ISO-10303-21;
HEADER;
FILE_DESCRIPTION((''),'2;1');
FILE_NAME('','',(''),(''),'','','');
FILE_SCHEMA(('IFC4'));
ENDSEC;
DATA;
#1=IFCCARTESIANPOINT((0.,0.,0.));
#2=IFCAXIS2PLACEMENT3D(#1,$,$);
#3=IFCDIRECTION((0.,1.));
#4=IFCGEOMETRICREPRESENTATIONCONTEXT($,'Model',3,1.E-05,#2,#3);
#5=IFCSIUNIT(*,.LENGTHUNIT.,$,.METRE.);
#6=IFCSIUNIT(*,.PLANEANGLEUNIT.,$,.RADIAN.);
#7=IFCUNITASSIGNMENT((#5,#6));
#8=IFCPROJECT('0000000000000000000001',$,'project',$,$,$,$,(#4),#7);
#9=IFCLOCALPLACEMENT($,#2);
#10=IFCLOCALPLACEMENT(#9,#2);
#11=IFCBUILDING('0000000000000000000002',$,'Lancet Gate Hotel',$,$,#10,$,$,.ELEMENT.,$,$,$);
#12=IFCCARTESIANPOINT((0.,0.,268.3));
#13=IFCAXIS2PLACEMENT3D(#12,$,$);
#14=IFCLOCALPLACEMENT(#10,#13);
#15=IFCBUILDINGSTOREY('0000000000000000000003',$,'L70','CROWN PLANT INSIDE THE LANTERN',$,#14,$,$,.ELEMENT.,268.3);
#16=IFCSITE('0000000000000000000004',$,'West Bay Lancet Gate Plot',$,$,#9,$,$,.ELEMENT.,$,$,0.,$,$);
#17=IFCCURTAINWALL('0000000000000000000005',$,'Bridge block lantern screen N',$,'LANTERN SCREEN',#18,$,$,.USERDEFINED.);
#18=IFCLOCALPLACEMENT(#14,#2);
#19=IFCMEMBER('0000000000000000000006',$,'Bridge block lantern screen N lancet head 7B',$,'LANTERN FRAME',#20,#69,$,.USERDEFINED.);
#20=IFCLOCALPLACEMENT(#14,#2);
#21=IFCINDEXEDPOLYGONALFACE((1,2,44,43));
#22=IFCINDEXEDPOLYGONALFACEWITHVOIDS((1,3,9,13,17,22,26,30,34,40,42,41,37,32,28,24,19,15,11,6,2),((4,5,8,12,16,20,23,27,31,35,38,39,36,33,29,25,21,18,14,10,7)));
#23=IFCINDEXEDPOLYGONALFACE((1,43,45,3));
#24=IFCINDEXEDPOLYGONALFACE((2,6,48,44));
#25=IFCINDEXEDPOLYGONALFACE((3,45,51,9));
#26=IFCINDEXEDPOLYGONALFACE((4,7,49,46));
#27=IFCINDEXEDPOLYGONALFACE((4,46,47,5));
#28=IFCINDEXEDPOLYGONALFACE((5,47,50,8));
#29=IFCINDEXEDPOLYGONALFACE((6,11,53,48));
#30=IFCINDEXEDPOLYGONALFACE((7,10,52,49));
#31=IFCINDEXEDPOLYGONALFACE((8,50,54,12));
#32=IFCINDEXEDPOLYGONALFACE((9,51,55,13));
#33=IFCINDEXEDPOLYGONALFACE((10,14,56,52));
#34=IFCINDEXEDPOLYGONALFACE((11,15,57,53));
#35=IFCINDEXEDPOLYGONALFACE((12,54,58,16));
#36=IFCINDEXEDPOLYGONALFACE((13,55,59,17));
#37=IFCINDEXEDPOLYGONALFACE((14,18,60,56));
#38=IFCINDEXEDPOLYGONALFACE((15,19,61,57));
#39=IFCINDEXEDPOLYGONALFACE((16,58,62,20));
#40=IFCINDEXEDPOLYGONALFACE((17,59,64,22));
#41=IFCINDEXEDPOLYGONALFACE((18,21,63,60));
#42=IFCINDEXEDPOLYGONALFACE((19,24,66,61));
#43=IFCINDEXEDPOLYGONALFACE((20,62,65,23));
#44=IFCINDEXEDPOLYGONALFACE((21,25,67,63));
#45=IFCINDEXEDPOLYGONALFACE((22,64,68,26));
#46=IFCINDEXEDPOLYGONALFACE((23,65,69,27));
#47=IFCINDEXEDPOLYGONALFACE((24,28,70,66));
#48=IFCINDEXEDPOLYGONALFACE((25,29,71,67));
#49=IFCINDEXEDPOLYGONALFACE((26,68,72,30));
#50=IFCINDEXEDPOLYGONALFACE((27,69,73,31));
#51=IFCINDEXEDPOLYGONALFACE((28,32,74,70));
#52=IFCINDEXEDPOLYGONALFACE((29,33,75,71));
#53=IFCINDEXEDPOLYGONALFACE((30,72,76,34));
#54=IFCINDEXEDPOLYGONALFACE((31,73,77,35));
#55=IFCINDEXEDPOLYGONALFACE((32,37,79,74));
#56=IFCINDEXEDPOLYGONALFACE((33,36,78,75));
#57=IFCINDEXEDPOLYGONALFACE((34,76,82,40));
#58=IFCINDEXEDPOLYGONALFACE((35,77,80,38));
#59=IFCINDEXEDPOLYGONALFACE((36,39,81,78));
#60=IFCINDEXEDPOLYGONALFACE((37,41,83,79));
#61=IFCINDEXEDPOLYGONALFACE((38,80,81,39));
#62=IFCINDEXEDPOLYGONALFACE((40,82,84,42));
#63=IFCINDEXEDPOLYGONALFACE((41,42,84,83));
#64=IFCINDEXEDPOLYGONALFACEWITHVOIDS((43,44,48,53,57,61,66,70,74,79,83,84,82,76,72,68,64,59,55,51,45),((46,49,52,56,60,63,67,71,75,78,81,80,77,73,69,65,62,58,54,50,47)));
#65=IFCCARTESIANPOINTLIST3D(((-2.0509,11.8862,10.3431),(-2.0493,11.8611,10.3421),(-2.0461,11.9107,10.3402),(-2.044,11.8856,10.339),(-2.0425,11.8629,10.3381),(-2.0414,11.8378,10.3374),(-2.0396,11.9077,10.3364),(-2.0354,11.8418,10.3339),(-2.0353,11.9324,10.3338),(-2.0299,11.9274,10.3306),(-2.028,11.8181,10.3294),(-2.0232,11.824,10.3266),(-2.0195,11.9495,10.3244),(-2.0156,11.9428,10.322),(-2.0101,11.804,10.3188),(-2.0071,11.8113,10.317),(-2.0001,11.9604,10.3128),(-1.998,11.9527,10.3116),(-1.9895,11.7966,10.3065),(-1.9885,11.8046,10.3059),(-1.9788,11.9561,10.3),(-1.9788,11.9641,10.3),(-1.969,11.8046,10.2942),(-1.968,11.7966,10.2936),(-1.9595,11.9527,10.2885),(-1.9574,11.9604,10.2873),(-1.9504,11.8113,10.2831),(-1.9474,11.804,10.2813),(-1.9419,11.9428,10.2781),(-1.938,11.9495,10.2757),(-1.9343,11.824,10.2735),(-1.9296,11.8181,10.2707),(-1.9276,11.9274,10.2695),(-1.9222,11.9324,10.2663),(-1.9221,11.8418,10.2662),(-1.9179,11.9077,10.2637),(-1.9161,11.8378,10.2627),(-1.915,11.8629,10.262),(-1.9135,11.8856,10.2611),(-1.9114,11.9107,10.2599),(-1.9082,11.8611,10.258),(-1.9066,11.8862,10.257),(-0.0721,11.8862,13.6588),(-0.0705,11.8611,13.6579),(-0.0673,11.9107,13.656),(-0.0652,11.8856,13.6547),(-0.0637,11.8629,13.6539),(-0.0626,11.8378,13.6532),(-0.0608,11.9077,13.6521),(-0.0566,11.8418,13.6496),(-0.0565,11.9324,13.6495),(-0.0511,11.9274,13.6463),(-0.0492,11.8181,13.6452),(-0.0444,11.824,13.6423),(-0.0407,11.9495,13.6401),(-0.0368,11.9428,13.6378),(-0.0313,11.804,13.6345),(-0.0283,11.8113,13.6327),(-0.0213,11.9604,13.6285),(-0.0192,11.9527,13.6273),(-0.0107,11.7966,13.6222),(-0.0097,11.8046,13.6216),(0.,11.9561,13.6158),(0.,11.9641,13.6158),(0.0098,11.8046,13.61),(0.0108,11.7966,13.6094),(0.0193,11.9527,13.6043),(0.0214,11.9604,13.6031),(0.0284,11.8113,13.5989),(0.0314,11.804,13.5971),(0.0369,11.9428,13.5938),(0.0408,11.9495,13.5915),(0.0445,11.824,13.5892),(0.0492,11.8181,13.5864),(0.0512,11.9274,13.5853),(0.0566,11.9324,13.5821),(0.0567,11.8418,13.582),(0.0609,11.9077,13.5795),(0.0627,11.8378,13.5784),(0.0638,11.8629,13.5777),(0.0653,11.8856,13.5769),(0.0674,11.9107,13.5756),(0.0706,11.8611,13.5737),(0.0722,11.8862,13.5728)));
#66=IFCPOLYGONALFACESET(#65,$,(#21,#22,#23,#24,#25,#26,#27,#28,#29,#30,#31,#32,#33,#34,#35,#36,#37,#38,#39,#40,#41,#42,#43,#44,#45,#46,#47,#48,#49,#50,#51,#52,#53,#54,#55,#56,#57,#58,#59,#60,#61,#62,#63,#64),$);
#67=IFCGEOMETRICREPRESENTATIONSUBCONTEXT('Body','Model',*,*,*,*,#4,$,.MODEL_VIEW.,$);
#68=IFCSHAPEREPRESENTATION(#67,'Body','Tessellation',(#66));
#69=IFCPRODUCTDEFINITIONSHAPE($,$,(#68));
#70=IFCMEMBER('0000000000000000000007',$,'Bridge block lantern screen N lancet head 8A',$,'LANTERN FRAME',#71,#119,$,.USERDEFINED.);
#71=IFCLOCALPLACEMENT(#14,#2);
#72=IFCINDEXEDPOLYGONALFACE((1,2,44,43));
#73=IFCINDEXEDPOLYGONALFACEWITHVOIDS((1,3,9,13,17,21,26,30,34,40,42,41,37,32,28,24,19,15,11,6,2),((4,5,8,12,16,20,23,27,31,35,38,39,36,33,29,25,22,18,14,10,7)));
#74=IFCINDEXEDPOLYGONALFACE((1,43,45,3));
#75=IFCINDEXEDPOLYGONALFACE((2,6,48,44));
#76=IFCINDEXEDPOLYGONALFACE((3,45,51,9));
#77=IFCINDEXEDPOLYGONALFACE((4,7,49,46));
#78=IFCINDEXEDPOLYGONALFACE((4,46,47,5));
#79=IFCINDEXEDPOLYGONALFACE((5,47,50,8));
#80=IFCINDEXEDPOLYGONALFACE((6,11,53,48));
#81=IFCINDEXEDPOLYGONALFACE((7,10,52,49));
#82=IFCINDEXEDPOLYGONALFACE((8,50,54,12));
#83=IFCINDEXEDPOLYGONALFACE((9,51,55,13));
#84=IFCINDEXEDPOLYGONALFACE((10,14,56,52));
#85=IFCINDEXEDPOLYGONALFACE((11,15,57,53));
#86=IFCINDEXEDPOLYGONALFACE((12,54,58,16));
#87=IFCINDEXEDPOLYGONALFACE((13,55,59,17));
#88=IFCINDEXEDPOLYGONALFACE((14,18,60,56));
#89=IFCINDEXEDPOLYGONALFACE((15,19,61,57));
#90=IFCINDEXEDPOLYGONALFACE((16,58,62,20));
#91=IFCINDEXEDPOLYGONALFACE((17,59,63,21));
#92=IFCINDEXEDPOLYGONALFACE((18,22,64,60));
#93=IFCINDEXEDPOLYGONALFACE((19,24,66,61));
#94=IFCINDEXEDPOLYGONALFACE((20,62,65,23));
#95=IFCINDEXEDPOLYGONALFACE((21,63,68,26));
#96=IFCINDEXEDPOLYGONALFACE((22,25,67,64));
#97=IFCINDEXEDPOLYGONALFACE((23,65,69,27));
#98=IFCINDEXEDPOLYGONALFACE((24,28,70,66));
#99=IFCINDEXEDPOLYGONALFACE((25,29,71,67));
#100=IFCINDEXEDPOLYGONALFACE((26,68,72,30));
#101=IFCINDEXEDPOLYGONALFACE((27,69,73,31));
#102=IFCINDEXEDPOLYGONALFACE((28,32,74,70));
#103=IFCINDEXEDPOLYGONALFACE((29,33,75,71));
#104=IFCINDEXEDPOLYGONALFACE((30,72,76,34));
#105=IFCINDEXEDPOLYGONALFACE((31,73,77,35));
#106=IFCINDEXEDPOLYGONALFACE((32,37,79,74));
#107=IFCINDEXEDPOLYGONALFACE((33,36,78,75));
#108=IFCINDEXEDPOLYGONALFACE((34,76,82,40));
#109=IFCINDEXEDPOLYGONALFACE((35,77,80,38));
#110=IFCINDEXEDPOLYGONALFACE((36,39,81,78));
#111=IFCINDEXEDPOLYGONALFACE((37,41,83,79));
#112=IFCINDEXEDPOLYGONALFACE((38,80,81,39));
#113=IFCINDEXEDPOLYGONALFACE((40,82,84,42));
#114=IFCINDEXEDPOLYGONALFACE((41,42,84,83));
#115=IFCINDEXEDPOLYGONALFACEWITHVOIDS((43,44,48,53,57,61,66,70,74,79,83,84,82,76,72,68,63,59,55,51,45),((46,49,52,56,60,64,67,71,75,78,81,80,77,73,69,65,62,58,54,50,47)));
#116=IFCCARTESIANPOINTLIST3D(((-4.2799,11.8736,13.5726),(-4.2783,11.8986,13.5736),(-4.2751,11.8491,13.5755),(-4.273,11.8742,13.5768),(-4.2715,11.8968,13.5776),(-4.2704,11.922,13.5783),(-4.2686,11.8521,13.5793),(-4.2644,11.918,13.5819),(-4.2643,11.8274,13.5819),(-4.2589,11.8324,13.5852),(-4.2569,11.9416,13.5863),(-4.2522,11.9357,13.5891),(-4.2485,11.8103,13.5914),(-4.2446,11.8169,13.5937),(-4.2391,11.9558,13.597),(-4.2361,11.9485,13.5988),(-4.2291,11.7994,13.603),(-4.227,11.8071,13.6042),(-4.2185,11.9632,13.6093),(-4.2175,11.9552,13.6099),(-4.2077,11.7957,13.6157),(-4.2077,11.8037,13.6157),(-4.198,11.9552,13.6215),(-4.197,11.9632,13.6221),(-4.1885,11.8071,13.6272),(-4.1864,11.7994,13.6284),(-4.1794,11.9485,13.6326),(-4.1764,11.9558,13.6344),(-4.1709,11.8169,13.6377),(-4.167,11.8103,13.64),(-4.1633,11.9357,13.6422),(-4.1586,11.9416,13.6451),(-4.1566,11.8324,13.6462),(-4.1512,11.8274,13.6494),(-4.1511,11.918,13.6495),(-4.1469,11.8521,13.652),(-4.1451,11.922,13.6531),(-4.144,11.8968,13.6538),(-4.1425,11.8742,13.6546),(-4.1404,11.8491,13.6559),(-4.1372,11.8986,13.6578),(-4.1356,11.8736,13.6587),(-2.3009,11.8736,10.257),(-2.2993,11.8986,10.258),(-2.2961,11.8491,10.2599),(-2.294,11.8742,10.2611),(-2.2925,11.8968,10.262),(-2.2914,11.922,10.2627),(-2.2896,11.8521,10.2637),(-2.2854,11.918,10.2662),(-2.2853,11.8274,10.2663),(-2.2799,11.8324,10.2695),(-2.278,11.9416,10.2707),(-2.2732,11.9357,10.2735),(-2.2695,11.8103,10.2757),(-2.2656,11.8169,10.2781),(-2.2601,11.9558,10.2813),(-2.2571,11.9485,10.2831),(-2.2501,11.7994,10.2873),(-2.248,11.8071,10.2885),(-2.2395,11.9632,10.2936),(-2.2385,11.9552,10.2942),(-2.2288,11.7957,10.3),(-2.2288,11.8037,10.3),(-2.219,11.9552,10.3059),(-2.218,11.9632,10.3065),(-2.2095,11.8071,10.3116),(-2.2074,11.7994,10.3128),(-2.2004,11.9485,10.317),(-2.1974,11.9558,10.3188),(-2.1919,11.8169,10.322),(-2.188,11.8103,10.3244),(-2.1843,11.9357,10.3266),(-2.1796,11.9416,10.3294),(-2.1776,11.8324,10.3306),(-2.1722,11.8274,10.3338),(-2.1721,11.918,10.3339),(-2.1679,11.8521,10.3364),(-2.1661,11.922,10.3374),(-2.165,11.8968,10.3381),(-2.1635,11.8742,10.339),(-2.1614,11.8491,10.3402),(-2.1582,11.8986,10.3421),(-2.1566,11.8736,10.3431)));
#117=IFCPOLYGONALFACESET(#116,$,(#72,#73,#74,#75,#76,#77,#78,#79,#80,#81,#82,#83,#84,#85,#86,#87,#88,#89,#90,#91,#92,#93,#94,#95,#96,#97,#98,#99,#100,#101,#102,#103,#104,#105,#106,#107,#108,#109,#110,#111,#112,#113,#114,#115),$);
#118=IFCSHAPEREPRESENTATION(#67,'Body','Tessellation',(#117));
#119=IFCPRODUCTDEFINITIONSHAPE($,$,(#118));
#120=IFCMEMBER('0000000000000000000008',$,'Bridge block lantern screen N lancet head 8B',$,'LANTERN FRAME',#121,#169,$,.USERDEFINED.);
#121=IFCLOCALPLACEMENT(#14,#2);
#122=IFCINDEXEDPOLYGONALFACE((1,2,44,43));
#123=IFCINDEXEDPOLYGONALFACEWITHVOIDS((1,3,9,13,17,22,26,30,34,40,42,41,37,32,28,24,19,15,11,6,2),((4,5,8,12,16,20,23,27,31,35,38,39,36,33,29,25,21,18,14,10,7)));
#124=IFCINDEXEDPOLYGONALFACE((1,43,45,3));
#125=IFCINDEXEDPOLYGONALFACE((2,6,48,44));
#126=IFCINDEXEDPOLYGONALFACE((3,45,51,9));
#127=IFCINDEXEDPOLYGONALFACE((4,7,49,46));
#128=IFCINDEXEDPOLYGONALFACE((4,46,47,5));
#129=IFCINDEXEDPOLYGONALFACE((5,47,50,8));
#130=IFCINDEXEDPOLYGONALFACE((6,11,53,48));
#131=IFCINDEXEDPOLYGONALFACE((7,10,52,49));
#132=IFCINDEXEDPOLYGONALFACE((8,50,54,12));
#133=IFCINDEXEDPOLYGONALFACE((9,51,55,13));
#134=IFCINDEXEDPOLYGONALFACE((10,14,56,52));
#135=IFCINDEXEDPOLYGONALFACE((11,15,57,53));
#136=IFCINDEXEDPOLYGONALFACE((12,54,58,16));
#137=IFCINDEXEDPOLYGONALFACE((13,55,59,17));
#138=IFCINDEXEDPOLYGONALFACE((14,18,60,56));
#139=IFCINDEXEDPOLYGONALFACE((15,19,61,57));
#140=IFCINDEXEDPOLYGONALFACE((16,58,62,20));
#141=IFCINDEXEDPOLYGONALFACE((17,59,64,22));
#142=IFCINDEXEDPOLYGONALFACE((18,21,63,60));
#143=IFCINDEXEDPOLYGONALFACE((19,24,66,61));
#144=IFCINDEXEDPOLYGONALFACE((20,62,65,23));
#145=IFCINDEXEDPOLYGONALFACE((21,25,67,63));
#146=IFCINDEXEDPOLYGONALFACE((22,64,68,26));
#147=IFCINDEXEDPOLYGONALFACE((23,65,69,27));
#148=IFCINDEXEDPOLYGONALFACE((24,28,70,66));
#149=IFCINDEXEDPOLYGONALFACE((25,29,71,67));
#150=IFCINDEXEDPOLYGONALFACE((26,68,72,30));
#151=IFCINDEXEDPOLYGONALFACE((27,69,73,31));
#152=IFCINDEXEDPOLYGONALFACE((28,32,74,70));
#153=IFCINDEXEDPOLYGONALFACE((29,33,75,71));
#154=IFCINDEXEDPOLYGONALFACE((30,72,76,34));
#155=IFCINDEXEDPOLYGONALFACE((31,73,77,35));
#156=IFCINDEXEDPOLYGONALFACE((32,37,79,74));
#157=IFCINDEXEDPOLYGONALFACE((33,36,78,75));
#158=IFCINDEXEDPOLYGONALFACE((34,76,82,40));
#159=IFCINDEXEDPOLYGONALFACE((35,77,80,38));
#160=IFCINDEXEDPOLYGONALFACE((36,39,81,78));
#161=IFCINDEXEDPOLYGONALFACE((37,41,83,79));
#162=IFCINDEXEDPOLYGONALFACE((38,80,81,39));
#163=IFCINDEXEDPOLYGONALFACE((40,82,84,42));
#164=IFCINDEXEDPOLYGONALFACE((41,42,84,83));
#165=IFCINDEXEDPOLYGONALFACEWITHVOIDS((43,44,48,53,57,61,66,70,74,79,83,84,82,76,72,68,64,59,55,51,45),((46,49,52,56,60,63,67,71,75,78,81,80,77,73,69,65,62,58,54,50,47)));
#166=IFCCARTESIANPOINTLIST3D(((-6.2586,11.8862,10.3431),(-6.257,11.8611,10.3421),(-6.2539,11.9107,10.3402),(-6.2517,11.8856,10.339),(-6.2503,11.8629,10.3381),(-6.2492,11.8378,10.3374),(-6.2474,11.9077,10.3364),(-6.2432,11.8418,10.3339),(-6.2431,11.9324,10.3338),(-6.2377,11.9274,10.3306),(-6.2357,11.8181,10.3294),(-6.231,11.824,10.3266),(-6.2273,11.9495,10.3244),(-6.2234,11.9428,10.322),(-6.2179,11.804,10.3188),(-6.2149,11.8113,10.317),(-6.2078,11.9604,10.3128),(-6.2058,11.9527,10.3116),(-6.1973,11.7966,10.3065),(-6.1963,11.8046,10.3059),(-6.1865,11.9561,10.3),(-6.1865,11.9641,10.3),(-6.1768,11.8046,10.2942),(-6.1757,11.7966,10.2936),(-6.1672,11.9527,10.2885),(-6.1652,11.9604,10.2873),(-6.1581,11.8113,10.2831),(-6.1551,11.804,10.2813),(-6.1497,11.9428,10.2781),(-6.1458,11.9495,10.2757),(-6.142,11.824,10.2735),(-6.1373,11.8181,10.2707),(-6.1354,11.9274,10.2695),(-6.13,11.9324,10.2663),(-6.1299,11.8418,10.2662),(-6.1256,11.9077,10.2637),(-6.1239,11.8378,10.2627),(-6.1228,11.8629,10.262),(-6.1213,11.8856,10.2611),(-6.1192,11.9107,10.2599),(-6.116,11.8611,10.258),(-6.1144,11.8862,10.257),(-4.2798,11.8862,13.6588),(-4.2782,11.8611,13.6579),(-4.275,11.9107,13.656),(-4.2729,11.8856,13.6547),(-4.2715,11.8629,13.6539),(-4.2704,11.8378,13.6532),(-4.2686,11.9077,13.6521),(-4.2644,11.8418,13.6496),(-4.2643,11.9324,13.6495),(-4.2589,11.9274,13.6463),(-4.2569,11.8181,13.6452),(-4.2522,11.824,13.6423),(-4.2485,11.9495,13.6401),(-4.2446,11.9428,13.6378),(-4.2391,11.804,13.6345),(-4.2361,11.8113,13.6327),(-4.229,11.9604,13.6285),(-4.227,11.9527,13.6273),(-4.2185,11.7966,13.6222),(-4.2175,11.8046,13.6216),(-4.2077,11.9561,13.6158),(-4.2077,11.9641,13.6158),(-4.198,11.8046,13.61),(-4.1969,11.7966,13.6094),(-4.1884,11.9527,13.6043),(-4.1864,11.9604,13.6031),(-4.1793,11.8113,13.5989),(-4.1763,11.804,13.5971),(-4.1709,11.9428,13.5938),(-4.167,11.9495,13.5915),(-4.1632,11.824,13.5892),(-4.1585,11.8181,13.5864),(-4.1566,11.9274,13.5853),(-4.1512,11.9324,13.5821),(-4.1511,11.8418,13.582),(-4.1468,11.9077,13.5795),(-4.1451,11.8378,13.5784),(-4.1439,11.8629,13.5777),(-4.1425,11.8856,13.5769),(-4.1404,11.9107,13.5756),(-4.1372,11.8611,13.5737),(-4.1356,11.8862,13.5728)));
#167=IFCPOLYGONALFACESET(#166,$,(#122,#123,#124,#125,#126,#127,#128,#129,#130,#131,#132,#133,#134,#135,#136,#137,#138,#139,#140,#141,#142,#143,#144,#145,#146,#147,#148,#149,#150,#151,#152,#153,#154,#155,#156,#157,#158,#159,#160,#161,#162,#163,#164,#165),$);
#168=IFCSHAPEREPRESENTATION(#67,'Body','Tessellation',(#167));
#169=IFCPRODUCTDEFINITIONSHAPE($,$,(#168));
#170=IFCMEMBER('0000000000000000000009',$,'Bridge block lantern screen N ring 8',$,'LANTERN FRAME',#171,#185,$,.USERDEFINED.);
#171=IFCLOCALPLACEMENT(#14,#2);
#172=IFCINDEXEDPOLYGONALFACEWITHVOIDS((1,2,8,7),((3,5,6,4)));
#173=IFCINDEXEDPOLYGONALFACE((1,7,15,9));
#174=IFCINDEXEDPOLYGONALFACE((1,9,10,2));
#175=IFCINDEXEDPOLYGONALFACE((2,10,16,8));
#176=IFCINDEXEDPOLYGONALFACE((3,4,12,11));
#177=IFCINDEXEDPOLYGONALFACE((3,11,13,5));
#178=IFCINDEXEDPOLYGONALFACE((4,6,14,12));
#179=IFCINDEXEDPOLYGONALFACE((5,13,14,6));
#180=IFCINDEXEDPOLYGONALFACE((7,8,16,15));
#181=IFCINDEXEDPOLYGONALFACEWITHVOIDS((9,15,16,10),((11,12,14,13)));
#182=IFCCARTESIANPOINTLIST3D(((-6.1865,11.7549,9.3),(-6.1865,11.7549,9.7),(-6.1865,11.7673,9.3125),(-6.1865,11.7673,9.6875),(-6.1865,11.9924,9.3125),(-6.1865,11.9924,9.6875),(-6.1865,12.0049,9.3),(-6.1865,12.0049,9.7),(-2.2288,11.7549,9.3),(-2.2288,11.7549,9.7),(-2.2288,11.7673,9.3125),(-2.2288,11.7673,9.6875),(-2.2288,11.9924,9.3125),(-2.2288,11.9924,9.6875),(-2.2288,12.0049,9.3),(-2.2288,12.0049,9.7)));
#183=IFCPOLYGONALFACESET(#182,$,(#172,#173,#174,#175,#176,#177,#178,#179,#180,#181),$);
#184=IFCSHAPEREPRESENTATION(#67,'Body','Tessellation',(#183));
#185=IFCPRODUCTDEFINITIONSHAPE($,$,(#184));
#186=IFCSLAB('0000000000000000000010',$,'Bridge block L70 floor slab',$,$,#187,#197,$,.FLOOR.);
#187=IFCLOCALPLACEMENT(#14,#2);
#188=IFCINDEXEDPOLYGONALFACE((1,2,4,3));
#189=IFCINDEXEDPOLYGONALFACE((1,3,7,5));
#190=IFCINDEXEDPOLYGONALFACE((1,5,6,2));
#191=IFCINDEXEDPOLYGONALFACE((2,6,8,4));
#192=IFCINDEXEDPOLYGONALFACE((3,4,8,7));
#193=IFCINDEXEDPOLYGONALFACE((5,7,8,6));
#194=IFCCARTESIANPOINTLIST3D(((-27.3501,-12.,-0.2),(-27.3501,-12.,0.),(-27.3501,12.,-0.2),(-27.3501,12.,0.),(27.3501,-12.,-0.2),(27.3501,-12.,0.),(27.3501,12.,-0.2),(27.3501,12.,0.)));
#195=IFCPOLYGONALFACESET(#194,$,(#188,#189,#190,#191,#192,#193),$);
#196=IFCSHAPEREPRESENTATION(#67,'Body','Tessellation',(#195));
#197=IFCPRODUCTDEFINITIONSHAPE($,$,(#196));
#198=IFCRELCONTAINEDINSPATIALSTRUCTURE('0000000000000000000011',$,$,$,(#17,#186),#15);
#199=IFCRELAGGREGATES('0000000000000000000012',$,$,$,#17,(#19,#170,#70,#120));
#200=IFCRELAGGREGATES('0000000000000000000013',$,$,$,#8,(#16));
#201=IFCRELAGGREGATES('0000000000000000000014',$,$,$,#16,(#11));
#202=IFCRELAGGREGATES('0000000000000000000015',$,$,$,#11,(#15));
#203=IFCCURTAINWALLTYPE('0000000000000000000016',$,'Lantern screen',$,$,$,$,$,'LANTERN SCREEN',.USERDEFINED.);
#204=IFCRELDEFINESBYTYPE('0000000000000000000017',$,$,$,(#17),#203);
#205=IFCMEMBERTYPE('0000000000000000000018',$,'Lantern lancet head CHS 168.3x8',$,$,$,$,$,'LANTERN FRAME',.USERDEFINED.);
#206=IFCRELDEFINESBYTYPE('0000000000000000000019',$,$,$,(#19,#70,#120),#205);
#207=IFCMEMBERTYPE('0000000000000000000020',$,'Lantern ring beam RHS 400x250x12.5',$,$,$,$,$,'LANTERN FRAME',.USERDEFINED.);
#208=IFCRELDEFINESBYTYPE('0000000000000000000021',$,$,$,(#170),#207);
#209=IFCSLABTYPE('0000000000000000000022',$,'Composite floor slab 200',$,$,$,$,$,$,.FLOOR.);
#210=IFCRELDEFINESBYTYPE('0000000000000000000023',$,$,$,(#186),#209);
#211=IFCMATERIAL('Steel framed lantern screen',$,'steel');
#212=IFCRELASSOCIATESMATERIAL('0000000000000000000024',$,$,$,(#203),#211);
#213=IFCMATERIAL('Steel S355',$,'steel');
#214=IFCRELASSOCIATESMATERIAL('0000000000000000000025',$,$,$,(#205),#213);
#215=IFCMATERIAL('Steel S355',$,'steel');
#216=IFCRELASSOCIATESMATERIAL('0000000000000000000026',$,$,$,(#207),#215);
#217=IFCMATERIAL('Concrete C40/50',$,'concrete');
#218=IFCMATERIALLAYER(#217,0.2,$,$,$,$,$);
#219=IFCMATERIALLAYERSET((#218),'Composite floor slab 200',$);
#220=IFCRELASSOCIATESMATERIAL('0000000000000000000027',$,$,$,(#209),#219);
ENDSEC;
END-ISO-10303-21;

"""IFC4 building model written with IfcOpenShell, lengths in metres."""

from ifc_helpers import new_model, si_unit, direction, frame, origin, origin_2d, place, context, subcontext, project, spatial, polyline, hollow_rectangle, hollow_circle, outline, extrude, material, layer, layer_set, material_profile, profile_set, type_object, element, aggregate, save


model = new_model("IFC4")

# Units and contexts
model_context = context("Model", 3, precision=1e-05, world=origin(), true_north=direction((0.0, 1.0)))
body_context = subcontext(model_context, "Body", "Model", "MODEL_VIEW")
ifc_project = project(units=[si_unit("LENGTHUNIT", "METRE"), si_unit("PLANEANGLEUNIT", "RADIAN")], contexts=[model_context])

# Site, building, storey
site_placement = place(None, origin())
site = spatial("IfcSite", under=ifc_project, at=site_placement, Name="West Bay Lancet Gate Plot", CompositionType="ELEMENT", RefElevation=0.0)
building_placement = place(site_placement, origin())
building = spatial("IfcBuilding", under=site, at=building_placement, Name="Lancet Gate Hotel", CompositionType="ELEMENT")
storey_placement = place(building_placement, frame((0.0, 0.0, 268.3)))
storey = spatial("IfcBuildingStorey", under=building, at=storey_placement, Name="L70", Description="CROWN PLANT INSIDE THE LANTERN", CompositionType="ELEMENT", Elevation=268.3)

# Curtain wall, members
ifc_material_1 = material(Name="Steel framed lantern screen", Category="steel")
curtain_wall_type_1 = type_object("IfcCurtainWallType", Name="Lantern screen", ElementType="LANTERN SCREEN", PredefinedType="USERDEFINED", material=ifc_material_1)
curtain_wall_1_placement = place(storey_placement, origin())
curtain_wall_1 = element("IfcCurtainWall", 1, at=curtain_wall_1_placement, inside=storey, type_object=curtain_wall_type_1, Name="Bridge block lantern screen N", ObjectType="LANTERN SCREEN", PredefinedType="USERDEFINED")
ifc_material_2 = material(Name="Steel S355", Category="steel")
ifc_material_profile_1 = material_profile(ifc_material_2, hollow_circle(Radius=0.0842, WallThickness=0.0081, at=origin_2d()), Name="CHS 168.3x8.0")
ifc_profile_set_1 = profile_set([ifc_material_profile_1], Name="Steel S355")
member_type_1 = type_object("IfcMemberType", Name="Lantern lancet head CHS 168.3x8", ElementType="LANTERN FRAME", PredefinedType="USERDEFINED", material=ifc_profile_set_1)
member_1_placement = place(storey_placement, frame((-1.9788, 11.8799, 10.3), z_axis=(0.512467, 0.0, 0.858707), x_axis=(0.0, 1.0, 0.0)))
member_1 = element("IfcMember", 2, at=member_1_placement, type_object=member_type_1, Name="Bridge block lantern screen N lancet head 7B", ObjectType="LANTERN FRAME", PredefinedType="USERDEFINED", context=body_context, shape_type="SweptSolid", body=[
    extrude(hollow_circle(Radius=0.0842, WallThickness=0.0081, at=origin_2d()), origin(), (0.0, 0.0, 1.0), 3.8613),
])
member_2_placement = place(storey_placement, frame((-2.2288, 11.8799, 10.3), z_axis=(-0.512514, 0.0, 0.858679), x_axis=(0.0, -1.0, 0.0)))
member_2 = element("IfcMember", 3, at=member_2_placement, type_object=member_type_1, Name="Bridge block lantern screen N lancet head 8A", ObjectType="LANTERN FRAME", PredefinedType="USERDEFINED", context=body_context, shape_type="SweptSolid", body=[
    extrude(hollow_circle(Radius=0.0842, WallThickness=0.0081, at=origin_2d()), origin(), (0.0, 0.0, 1.0), 3.8613),
])
member_3_placement = place(storey_placement, frame((-6.1865, 11.8799, 10.3), z_axis=(0.512467, 0.0, 0.858707), x_axis=(0.0, 1.0, 0.0)))
member_3 = element("IfcMember", 4, at=member_3_placement, type_object=member_type_1, Name="Bridge block lantern screen N lancet head 8B", ObjectType="LANTERN FRAME", PredefinedType="USERDEFINED", context=body_context, shape_type="SweptSolid", body=[
    extrude(hollow_circle(Radius=0.0842, WallThickness=0.0081, at=origin_2d()), origin(), (0.0, 0.0, 1.0), 3.8613),
])
ifc_material_3 = material(Name="Steel S355", Category="steel")
ifc_material_profile_2 = material_profile(ifc_material_3, hollow_rectangle(XDim=0.25, YDim=0.3999, WallThickness=0.0125, at=origin_2d()), Name="RHS 400x250x12.5")
ifc_profile_set_2 = profile_set([ifc_material_profile_2], Name="Steel S355")
member_type_2 = type_object("IfcMemberType", Name="Lantern ring beam RHS 400x250x12.5", ElementType="LANTERN FRAME", PredefinedType="USERDEFINED", material=ifc_profile_set_2)
member_4_placement = place(storey_placement, frame((-2.2288, 11.8799, 9.5), z_axis=(-1.0, 0.0, 0.0), x_axis=(0.0, -1.0, 0.0)))
member_4 = element("IfcMember", 5, at=member_4_placement, type_object=member_type_2, Name="Bridge block lantern screen N ring 8", ObjectType="LANTERN FRAME", PredefinedType="USERDEFINED", context=body_context, shape_type="SweptSolid", body=[
    extrude(hollow_rectangle(XDim=0.25, YDim=0.3999, WallThickness=0.0125, at=origin_2d()), origin(), (0.0, 0.0, 1.0), 3.9578),
])

# Slab
ifc_material_4 = material(Name="Concrete C40/50", Category="concrete")
ifc_layer_1 = layer(ifc_material_4, 0.2)
ifc_layer_set_1 = layer_set([ifc_layer_1], Name="Composite floor slab 200")
slab_type_1 = type_object("IfcSlabType", Name="Composite floor slab 200", PredefinedType="FLOOR", material=ifc_layer_set_1)
slab_1_placement = place(storey_placement, frame((0.0, 0.0, -0.2)))
element("IfcSlab", 6, at=slab_1_placement, inside=storey, type_object=slab_type_1, Name="Bridge block L70 floor slab", PredefinedType="FLOOR", context=body_context, shape_type="SweptSolid", body=[
    extrude(outline(polyline([(27.3501, -12.0), (27.3501, 12.0), (-27.3501, 12.0), (-27.3501, -12.0), (27.3501, -12.0)])), origin(), (0.0, 0.0, 1.0), 0.2),
])

aggregate(curtain_wall_1, [member_1, member_4, member_2, member_3])

save(model, "model.ifc")
